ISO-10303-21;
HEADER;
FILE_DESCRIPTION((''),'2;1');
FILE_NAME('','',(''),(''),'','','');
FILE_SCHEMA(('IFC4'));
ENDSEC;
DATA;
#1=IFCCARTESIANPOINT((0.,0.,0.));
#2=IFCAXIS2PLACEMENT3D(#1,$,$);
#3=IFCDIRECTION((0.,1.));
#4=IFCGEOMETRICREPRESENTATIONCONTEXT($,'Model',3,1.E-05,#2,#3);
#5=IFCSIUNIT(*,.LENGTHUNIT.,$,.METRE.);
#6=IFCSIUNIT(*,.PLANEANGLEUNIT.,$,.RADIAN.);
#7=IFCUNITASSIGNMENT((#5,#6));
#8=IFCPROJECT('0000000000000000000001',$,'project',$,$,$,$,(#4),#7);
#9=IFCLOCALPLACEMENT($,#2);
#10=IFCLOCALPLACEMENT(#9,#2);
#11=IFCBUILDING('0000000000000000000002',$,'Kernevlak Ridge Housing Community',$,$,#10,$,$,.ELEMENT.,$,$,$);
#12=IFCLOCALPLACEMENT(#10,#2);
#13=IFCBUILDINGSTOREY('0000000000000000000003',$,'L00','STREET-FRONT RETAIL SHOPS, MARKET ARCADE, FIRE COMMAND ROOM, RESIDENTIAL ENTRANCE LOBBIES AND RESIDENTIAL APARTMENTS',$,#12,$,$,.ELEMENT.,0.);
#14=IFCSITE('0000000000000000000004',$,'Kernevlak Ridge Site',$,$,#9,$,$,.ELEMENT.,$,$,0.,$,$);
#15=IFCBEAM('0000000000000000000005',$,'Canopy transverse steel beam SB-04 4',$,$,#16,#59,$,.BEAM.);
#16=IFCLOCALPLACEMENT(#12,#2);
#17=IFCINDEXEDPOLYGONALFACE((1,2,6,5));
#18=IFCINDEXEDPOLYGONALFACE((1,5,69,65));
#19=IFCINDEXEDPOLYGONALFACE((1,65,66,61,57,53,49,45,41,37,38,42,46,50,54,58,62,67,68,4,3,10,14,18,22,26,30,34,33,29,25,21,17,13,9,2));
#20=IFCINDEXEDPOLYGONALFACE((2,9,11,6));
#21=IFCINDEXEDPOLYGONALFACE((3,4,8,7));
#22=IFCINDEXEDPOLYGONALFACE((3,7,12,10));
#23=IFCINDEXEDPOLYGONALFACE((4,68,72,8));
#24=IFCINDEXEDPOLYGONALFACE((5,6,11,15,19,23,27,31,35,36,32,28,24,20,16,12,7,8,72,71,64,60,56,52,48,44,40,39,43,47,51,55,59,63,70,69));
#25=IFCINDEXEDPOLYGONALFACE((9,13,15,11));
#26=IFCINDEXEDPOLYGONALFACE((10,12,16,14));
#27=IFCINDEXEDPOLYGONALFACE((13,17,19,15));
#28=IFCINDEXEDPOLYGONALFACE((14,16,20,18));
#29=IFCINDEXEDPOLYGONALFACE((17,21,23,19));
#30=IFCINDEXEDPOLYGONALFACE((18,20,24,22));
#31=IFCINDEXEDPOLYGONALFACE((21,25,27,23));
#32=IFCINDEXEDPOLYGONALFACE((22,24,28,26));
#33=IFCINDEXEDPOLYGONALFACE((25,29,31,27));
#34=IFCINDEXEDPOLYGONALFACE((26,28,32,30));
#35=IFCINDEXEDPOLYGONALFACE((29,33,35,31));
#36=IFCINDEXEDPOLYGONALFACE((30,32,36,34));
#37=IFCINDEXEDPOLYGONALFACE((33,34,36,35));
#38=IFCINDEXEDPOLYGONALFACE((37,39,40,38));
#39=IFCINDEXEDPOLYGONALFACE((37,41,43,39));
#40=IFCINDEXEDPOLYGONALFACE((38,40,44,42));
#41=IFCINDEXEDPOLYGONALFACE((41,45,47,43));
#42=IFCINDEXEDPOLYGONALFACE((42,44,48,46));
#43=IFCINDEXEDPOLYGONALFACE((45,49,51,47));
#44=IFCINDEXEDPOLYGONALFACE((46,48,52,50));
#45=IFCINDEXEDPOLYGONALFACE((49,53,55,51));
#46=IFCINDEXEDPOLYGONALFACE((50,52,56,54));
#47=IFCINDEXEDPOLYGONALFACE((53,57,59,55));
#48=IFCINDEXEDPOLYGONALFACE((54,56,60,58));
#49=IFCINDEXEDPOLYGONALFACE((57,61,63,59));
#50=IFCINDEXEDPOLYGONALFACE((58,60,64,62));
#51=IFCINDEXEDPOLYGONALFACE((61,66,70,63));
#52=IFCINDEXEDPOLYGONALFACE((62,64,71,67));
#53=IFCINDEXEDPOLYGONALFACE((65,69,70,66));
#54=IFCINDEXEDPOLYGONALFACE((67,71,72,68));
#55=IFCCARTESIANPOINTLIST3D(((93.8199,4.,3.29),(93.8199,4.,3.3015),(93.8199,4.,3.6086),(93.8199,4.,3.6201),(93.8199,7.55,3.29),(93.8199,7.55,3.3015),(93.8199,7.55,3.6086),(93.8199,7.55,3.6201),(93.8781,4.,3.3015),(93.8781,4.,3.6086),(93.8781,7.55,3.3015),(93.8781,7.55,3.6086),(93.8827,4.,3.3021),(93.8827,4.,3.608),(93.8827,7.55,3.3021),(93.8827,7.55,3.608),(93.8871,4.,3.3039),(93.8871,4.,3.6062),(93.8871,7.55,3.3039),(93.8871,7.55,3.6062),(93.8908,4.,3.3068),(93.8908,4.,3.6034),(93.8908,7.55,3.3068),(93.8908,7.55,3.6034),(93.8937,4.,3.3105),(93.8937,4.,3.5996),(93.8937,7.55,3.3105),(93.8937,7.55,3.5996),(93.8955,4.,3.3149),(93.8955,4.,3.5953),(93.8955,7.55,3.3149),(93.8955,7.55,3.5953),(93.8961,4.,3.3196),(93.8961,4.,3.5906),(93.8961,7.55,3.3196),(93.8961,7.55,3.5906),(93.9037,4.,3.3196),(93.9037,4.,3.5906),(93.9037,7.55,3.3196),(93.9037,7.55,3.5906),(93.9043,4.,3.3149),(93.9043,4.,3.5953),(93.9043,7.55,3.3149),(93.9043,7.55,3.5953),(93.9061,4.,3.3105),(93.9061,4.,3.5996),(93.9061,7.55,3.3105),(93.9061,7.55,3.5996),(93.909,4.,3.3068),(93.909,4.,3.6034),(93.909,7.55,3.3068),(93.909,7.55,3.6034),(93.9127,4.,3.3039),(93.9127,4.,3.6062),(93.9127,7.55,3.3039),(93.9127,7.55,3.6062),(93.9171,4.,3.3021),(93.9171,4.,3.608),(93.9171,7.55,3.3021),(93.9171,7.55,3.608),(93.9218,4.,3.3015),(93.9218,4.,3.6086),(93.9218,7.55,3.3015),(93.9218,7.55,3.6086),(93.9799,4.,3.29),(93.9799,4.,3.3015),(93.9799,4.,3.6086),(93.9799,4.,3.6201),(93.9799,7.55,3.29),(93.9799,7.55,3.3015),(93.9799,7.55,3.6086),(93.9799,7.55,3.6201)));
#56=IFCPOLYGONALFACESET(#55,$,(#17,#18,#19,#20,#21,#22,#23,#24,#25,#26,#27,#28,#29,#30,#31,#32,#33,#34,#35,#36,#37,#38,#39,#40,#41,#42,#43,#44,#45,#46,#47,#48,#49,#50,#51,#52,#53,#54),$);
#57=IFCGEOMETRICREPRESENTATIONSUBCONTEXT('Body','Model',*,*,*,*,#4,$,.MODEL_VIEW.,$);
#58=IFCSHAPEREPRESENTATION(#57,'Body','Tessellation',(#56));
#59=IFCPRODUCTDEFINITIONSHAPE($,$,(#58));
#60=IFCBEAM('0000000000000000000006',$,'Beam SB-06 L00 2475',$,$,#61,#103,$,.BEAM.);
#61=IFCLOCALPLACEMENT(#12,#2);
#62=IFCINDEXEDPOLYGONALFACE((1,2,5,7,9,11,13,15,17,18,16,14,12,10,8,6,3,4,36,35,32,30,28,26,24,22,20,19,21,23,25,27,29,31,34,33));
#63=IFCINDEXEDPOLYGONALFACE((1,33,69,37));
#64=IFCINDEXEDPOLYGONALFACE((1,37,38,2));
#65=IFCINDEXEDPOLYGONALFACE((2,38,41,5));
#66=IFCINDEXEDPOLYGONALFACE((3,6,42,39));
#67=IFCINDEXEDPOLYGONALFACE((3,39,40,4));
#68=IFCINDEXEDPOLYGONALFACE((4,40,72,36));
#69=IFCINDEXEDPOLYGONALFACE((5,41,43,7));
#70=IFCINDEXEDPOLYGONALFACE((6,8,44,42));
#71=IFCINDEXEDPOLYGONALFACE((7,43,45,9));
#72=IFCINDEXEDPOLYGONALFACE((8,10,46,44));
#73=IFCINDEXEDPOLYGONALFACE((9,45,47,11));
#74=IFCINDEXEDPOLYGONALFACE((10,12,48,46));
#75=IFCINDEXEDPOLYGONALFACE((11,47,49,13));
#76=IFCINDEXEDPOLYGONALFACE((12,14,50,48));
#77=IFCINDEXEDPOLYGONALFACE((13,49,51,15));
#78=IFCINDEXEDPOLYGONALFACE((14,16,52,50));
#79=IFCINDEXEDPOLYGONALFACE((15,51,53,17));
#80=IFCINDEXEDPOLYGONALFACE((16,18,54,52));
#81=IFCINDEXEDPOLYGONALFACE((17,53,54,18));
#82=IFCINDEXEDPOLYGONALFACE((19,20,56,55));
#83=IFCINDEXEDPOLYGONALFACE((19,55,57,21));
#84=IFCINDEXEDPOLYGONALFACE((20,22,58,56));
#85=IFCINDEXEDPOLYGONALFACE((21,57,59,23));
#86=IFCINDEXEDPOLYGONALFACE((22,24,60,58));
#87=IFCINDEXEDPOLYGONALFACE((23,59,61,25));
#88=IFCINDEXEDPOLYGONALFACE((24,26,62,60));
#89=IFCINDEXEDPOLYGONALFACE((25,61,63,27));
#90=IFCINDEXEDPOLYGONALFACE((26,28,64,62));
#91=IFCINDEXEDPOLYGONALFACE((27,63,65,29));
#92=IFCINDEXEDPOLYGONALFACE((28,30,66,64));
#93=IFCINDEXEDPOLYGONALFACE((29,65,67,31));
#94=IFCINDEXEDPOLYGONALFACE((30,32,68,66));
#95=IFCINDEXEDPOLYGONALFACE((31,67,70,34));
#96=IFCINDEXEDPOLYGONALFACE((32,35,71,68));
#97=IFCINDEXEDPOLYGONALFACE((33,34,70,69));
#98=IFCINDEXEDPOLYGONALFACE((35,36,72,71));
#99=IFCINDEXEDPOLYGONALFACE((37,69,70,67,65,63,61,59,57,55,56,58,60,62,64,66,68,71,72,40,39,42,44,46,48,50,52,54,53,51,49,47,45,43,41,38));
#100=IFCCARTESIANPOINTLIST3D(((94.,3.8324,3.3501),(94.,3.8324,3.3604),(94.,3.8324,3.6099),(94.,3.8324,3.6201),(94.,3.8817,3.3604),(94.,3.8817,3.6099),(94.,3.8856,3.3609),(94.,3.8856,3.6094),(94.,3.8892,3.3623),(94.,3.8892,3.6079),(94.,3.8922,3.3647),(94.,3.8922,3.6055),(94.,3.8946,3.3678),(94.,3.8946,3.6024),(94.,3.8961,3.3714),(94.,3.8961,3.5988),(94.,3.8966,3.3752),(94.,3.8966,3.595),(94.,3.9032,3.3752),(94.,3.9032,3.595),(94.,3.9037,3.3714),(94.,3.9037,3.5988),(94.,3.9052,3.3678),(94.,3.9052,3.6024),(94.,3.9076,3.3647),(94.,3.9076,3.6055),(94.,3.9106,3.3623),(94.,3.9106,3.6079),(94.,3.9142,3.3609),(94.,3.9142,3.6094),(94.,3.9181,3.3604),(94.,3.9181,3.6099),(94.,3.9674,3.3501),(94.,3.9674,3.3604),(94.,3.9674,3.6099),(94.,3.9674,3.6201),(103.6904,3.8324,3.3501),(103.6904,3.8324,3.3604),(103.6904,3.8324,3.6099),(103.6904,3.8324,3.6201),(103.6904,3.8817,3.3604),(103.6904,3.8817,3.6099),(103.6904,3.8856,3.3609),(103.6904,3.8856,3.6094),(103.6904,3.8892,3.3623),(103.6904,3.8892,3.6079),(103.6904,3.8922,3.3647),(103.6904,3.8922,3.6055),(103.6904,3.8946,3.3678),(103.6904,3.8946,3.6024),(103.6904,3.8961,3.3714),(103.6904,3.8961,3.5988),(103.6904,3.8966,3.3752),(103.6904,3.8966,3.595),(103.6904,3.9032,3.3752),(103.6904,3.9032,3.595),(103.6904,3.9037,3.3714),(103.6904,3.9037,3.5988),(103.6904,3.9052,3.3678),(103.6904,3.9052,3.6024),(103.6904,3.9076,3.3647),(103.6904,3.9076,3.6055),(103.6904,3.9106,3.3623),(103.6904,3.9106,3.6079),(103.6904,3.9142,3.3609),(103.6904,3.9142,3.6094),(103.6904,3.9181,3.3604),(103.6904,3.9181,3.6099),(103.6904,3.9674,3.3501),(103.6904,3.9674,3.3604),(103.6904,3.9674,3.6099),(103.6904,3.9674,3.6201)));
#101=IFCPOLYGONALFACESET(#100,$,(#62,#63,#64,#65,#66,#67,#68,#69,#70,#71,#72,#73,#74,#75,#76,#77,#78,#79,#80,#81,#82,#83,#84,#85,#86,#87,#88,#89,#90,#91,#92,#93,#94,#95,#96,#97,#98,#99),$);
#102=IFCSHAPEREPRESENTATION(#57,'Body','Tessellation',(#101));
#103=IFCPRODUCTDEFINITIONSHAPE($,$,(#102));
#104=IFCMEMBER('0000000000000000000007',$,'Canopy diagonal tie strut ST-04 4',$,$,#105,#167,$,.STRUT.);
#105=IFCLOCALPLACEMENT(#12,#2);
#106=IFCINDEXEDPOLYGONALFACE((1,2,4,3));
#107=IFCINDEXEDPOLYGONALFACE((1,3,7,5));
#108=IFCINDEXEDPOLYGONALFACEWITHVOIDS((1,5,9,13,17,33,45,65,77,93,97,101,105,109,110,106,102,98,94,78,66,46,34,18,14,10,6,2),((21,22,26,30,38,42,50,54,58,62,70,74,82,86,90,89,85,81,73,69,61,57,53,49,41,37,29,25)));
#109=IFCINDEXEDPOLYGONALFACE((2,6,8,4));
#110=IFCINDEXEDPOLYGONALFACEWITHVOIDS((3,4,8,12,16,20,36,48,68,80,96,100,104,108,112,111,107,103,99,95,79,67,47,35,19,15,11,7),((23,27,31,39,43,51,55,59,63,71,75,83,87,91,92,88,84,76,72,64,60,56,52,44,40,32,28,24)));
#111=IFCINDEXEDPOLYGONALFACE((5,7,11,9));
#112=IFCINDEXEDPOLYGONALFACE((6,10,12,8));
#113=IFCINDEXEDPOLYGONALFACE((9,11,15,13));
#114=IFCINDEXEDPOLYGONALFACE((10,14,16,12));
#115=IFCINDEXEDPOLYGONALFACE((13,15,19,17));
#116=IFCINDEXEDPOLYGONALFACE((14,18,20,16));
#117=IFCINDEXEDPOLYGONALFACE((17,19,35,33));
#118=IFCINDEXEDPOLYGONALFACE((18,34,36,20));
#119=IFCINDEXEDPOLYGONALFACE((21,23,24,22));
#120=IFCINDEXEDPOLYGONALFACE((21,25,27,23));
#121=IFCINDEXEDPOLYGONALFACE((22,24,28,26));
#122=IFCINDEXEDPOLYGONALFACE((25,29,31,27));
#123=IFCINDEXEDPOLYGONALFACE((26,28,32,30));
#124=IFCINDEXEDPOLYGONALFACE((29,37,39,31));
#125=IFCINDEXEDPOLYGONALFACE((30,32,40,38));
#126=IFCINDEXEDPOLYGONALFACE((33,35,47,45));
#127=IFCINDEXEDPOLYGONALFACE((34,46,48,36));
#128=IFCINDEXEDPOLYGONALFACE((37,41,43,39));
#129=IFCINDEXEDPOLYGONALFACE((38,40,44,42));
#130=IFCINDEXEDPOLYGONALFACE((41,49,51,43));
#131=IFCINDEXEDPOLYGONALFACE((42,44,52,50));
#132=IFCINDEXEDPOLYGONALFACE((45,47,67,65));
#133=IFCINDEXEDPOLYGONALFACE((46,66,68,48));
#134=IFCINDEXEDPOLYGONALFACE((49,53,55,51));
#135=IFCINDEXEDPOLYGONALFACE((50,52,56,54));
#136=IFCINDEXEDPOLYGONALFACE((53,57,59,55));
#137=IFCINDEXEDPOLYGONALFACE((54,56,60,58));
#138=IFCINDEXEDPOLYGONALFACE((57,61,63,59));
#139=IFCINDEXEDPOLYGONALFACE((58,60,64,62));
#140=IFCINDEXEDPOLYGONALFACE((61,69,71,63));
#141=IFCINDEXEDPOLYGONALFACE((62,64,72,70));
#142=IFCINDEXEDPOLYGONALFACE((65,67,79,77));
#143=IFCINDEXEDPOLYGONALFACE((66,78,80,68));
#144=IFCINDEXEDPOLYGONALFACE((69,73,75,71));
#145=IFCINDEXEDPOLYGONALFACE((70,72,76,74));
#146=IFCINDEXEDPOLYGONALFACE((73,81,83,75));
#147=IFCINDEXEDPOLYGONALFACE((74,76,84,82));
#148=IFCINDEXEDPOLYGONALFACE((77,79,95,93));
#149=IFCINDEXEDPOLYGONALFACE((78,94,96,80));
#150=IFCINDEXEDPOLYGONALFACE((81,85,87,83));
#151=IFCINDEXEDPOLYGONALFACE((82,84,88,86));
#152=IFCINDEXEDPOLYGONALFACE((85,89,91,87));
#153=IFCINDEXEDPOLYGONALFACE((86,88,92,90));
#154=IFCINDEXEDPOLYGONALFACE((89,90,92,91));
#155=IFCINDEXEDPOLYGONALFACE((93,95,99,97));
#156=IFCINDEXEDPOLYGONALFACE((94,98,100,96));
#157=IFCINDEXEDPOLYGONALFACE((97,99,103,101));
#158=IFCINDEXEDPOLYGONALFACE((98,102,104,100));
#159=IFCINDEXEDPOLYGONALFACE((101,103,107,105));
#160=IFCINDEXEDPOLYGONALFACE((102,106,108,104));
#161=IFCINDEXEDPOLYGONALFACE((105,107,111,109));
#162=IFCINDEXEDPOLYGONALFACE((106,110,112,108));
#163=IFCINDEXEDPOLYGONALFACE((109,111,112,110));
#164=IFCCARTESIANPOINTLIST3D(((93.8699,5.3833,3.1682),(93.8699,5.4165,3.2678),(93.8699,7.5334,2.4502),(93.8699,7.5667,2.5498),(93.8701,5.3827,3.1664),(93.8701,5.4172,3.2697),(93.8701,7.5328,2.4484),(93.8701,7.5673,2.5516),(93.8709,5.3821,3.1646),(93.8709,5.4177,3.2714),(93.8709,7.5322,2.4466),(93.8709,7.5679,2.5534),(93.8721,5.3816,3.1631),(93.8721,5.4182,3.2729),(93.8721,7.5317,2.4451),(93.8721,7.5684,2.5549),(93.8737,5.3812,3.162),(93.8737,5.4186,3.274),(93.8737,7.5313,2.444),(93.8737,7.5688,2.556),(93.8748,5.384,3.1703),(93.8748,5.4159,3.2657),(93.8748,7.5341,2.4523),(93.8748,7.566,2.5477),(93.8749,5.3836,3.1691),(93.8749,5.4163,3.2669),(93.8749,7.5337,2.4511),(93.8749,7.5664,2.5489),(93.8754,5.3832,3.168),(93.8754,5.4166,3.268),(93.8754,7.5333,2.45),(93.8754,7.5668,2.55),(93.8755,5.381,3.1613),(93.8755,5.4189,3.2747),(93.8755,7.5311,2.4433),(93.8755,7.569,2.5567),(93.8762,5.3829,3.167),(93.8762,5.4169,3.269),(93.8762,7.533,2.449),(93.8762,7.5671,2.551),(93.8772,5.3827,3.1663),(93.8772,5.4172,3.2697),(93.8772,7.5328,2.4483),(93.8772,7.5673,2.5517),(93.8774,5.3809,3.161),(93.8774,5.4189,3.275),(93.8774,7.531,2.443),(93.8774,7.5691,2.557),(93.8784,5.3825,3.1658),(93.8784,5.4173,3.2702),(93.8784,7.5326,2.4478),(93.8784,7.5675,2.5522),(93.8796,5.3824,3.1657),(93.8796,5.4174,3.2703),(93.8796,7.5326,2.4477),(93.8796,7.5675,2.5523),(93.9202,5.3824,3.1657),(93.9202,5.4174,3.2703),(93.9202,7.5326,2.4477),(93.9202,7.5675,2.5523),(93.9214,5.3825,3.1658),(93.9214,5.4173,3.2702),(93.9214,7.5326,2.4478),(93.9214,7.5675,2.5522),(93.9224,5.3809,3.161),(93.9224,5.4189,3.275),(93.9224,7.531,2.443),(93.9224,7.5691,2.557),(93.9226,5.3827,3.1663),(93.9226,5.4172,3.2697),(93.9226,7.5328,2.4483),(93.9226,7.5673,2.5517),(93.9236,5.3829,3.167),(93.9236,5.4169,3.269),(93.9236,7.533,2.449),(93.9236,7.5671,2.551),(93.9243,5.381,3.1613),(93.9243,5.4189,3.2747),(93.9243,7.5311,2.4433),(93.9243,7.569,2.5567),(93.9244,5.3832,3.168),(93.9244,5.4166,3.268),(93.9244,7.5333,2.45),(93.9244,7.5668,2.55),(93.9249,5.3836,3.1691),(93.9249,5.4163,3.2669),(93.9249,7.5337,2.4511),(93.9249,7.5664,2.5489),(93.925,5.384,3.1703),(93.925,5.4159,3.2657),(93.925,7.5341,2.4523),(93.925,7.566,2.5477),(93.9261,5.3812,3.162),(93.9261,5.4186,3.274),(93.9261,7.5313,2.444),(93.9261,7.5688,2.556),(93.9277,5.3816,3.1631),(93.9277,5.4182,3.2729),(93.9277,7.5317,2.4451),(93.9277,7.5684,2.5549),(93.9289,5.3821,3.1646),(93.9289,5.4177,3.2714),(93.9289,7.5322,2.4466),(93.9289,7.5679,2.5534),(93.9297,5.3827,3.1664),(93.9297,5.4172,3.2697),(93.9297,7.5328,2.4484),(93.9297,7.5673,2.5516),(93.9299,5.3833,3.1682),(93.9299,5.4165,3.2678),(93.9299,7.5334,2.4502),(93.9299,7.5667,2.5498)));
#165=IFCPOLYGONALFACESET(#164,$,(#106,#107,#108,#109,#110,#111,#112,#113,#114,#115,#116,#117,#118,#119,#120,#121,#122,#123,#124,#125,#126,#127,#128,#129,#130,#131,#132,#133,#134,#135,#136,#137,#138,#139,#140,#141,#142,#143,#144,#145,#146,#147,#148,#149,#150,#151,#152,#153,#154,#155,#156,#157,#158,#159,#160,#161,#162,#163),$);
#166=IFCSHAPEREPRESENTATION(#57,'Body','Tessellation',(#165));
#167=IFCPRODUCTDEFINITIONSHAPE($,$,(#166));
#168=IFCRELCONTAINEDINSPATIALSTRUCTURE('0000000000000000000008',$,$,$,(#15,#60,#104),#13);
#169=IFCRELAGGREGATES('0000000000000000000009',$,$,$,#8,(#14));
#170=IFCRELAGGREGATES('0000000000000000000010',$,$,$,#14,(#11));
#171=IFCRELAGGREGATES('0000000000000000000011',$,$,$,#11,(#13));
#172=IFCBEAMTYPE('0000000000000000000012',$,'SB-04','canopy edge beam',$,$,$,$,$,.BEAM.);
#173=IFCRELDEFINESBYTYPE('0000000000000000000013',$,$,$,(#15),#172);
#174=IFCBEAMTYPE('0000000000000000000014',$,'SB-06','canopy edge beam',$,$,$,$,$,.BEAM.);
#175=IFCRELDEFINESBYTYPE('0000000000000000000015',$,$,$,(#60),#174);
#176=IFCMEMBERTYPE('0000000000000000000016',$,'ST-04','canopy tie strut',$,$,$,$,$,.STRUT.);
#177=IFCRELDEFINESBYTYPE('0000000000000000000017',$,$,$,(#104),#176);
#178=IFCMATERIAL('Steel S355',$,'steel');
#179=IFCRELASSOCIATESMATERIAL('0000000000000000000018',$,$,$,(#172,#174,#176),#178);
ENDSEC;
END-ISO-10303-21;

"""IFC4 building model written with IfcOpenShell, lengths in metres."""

from ifc_helpers import new_model, si_unit, direction, frame, origin, origin_2d, place, context, subcontext, project, spatial, hollow_rectangle, i_section, extrude, material, material_profile, profile_set, type_object, element, save


model = new_model("IFC4")

# Units and contexts
model_context = context("Model", 3, precision=1e-05, world=origin(), true_north=direction((0.0, 1.0)))
body_context = subcontext(model_context, "Body", "Model", "MODEL_VIEW")
ifc_project = project(units=[si_unit("LENGTHUNIT", "METRE"), si_unit("PLANEANGLEUNIT", "RADIAN")], contexts=[model_context])

# Site, building, storey
site_placement = place(None, origin())
site = spatial("IfcSite", under=ifc_project, at=site_placement, Name="Kernevlak Ridge Site", CompositionType="ELEMENT", RefElevation=0.0)
building_placement = place(site_placement, origin())
building = spatial("IfcBuilding", under=site, at=building_placement, Name="Kernevlak Ridge Housing Community", CompositionType="ELEMENT")
storey_placement = place(building_placement, origin())
storey = spatial("IfcBuildingStorey", under=building, at=storey_placement, Name="L00", Description="STREET-FRONT RETAIL SHOPS, MARKET ARCADE, FIRE COMMAND ROOM, RESIDENTIAL ENTRANCE LOBBIES AND RESIDENTIAL APARTMENTS", CompositionType="ELEMENT", Elevation=0.0)

# Shared definitions
ifc_material_1 = material(Name="Steel S355", Category="steel")

# Beams
ifc_material_profile_1 = material_profile(ifc_material_1, i_section(OverallWidth=0.1599, OverallDepth=0.3301, WebThickness=0.0076, FlangeThickness=0.0115, FilletRadius=0.0181, at=origin_2d()), Name="IPE 330")
ifc_profile_set_1 = profile_set([ifc_material_profile_1], Name="Steel S355")
beam_type_1 = type_object("IfcBeamType", Name="SB-04", Description="canopy edge beam", PredefinedType="BEAM", material=ifc_profile_set_1)
beam_1_placement = place(storey_placement, frame((93.8999, 4.0, 3.4551), z_axis=(0.0, 1.0, 0.0), x_axis=(-1.0, 0.0, 0.0)))
element("IfcBeam", 1, at=beam_1_placement, inside=storey, type_object=beam_type_1, Name="Canopy transverse steel beam SB-04 4", PredefinedType="BEAM", context=body_context, shape_type="SweptSolid", body=[
    extrude(i_section(OverallWidth=0.1599, OverallDepth=0.3301, WebThickness=0.0076, FlangeThickness=0.0115, FilletRadius=0.0181, at=origin_2d()), origin(), (0.0, 0.0, 1.0), 3.55),
])
ifc_material_profile_2 = material_profile(ifc_material_1, i_section(OverallWidth=0.135, OverallDepth=0.27, WebThickness=0.0066, FlangeThickness=0.0103, FilletRadius=0.0149, at=origin_2d()), Name="IPE 270")
ifc_profile_set_2 = profile_set([ifc_material_profile_2], Name="Steel S355")
beam_type_2 = type_object("IfcBeamType", Name="SB-06", Description="canopy edge beam", PredefinedType="BEAM", material=ifc_profile_set_2)
beam_2_placement = place(storey_placement, frame((94.0, 3.8999, 3.4851), z_axis=(1.0, 0.0, 0.0), x_axis=(0.0, 1.0, 0.0)))
element("IfcBeam", 2, at=beam_2_placement, inside=storey, type_object=beam_type_2, Name="Beam SB-06 L00 2475", PredefinedType="BEAM", context=body_context, shape_type="SweptSolid", body=[
    extrude(i_section(OverallWidth=0.135, OverallDepth=0.27, WebThickness=0.0066, FlangeThickness=0.0103, FilletRadius=0.0149, at=origin_2d()), origin(), (0.0, 0.0, 1.0), 9.6904),
])

# Member
ifc_material_profile_3 = material_profile(ifc_material_1, hollow_rectangle(XDim=0.0601, YDim=0.1201, WallThickness=0.0049, InnerFilletRadius=0.0049, OuterFilletRadius=0.0076, at=origin_2d()), Name="RHS 120x60x5")
ifc_profile_set_3 = profile_set([ifc_material_profile_3], Name="Steel S355")
member_type_1 = type_object("IfcMemberType", Name="ST-04", Description="canopy tie strut", PredefinedType="STRUT", material=ifc_profile_set_3)
member_1_placement = place(storey_placement, frame((93.8999, 7.55, 2.5), z_axis=(0.0, -0.948511, 0.316745), x_axis=(1.0, 0.0, 0.0)))
element("IfcMember", 3, at=member_1_placement, inside=storey, type_object=member_type_1, Name="Canopy diagonal tie strut ST-04 4", PredefinedType="STRUT", context=body_context, shape_type="SweptSolid", body=[
    extrude(hollow_rectangle(XDim=0.0601, YDim=0.1201, WallThickness=0.0049, InnerFilletRadius=0.0049, OuterFilletRadius=0.0076, at=origin_2d()), origin(), (0.0, 0.0, 1.0), 2.2668),
])

save(model, "model.ifc")
